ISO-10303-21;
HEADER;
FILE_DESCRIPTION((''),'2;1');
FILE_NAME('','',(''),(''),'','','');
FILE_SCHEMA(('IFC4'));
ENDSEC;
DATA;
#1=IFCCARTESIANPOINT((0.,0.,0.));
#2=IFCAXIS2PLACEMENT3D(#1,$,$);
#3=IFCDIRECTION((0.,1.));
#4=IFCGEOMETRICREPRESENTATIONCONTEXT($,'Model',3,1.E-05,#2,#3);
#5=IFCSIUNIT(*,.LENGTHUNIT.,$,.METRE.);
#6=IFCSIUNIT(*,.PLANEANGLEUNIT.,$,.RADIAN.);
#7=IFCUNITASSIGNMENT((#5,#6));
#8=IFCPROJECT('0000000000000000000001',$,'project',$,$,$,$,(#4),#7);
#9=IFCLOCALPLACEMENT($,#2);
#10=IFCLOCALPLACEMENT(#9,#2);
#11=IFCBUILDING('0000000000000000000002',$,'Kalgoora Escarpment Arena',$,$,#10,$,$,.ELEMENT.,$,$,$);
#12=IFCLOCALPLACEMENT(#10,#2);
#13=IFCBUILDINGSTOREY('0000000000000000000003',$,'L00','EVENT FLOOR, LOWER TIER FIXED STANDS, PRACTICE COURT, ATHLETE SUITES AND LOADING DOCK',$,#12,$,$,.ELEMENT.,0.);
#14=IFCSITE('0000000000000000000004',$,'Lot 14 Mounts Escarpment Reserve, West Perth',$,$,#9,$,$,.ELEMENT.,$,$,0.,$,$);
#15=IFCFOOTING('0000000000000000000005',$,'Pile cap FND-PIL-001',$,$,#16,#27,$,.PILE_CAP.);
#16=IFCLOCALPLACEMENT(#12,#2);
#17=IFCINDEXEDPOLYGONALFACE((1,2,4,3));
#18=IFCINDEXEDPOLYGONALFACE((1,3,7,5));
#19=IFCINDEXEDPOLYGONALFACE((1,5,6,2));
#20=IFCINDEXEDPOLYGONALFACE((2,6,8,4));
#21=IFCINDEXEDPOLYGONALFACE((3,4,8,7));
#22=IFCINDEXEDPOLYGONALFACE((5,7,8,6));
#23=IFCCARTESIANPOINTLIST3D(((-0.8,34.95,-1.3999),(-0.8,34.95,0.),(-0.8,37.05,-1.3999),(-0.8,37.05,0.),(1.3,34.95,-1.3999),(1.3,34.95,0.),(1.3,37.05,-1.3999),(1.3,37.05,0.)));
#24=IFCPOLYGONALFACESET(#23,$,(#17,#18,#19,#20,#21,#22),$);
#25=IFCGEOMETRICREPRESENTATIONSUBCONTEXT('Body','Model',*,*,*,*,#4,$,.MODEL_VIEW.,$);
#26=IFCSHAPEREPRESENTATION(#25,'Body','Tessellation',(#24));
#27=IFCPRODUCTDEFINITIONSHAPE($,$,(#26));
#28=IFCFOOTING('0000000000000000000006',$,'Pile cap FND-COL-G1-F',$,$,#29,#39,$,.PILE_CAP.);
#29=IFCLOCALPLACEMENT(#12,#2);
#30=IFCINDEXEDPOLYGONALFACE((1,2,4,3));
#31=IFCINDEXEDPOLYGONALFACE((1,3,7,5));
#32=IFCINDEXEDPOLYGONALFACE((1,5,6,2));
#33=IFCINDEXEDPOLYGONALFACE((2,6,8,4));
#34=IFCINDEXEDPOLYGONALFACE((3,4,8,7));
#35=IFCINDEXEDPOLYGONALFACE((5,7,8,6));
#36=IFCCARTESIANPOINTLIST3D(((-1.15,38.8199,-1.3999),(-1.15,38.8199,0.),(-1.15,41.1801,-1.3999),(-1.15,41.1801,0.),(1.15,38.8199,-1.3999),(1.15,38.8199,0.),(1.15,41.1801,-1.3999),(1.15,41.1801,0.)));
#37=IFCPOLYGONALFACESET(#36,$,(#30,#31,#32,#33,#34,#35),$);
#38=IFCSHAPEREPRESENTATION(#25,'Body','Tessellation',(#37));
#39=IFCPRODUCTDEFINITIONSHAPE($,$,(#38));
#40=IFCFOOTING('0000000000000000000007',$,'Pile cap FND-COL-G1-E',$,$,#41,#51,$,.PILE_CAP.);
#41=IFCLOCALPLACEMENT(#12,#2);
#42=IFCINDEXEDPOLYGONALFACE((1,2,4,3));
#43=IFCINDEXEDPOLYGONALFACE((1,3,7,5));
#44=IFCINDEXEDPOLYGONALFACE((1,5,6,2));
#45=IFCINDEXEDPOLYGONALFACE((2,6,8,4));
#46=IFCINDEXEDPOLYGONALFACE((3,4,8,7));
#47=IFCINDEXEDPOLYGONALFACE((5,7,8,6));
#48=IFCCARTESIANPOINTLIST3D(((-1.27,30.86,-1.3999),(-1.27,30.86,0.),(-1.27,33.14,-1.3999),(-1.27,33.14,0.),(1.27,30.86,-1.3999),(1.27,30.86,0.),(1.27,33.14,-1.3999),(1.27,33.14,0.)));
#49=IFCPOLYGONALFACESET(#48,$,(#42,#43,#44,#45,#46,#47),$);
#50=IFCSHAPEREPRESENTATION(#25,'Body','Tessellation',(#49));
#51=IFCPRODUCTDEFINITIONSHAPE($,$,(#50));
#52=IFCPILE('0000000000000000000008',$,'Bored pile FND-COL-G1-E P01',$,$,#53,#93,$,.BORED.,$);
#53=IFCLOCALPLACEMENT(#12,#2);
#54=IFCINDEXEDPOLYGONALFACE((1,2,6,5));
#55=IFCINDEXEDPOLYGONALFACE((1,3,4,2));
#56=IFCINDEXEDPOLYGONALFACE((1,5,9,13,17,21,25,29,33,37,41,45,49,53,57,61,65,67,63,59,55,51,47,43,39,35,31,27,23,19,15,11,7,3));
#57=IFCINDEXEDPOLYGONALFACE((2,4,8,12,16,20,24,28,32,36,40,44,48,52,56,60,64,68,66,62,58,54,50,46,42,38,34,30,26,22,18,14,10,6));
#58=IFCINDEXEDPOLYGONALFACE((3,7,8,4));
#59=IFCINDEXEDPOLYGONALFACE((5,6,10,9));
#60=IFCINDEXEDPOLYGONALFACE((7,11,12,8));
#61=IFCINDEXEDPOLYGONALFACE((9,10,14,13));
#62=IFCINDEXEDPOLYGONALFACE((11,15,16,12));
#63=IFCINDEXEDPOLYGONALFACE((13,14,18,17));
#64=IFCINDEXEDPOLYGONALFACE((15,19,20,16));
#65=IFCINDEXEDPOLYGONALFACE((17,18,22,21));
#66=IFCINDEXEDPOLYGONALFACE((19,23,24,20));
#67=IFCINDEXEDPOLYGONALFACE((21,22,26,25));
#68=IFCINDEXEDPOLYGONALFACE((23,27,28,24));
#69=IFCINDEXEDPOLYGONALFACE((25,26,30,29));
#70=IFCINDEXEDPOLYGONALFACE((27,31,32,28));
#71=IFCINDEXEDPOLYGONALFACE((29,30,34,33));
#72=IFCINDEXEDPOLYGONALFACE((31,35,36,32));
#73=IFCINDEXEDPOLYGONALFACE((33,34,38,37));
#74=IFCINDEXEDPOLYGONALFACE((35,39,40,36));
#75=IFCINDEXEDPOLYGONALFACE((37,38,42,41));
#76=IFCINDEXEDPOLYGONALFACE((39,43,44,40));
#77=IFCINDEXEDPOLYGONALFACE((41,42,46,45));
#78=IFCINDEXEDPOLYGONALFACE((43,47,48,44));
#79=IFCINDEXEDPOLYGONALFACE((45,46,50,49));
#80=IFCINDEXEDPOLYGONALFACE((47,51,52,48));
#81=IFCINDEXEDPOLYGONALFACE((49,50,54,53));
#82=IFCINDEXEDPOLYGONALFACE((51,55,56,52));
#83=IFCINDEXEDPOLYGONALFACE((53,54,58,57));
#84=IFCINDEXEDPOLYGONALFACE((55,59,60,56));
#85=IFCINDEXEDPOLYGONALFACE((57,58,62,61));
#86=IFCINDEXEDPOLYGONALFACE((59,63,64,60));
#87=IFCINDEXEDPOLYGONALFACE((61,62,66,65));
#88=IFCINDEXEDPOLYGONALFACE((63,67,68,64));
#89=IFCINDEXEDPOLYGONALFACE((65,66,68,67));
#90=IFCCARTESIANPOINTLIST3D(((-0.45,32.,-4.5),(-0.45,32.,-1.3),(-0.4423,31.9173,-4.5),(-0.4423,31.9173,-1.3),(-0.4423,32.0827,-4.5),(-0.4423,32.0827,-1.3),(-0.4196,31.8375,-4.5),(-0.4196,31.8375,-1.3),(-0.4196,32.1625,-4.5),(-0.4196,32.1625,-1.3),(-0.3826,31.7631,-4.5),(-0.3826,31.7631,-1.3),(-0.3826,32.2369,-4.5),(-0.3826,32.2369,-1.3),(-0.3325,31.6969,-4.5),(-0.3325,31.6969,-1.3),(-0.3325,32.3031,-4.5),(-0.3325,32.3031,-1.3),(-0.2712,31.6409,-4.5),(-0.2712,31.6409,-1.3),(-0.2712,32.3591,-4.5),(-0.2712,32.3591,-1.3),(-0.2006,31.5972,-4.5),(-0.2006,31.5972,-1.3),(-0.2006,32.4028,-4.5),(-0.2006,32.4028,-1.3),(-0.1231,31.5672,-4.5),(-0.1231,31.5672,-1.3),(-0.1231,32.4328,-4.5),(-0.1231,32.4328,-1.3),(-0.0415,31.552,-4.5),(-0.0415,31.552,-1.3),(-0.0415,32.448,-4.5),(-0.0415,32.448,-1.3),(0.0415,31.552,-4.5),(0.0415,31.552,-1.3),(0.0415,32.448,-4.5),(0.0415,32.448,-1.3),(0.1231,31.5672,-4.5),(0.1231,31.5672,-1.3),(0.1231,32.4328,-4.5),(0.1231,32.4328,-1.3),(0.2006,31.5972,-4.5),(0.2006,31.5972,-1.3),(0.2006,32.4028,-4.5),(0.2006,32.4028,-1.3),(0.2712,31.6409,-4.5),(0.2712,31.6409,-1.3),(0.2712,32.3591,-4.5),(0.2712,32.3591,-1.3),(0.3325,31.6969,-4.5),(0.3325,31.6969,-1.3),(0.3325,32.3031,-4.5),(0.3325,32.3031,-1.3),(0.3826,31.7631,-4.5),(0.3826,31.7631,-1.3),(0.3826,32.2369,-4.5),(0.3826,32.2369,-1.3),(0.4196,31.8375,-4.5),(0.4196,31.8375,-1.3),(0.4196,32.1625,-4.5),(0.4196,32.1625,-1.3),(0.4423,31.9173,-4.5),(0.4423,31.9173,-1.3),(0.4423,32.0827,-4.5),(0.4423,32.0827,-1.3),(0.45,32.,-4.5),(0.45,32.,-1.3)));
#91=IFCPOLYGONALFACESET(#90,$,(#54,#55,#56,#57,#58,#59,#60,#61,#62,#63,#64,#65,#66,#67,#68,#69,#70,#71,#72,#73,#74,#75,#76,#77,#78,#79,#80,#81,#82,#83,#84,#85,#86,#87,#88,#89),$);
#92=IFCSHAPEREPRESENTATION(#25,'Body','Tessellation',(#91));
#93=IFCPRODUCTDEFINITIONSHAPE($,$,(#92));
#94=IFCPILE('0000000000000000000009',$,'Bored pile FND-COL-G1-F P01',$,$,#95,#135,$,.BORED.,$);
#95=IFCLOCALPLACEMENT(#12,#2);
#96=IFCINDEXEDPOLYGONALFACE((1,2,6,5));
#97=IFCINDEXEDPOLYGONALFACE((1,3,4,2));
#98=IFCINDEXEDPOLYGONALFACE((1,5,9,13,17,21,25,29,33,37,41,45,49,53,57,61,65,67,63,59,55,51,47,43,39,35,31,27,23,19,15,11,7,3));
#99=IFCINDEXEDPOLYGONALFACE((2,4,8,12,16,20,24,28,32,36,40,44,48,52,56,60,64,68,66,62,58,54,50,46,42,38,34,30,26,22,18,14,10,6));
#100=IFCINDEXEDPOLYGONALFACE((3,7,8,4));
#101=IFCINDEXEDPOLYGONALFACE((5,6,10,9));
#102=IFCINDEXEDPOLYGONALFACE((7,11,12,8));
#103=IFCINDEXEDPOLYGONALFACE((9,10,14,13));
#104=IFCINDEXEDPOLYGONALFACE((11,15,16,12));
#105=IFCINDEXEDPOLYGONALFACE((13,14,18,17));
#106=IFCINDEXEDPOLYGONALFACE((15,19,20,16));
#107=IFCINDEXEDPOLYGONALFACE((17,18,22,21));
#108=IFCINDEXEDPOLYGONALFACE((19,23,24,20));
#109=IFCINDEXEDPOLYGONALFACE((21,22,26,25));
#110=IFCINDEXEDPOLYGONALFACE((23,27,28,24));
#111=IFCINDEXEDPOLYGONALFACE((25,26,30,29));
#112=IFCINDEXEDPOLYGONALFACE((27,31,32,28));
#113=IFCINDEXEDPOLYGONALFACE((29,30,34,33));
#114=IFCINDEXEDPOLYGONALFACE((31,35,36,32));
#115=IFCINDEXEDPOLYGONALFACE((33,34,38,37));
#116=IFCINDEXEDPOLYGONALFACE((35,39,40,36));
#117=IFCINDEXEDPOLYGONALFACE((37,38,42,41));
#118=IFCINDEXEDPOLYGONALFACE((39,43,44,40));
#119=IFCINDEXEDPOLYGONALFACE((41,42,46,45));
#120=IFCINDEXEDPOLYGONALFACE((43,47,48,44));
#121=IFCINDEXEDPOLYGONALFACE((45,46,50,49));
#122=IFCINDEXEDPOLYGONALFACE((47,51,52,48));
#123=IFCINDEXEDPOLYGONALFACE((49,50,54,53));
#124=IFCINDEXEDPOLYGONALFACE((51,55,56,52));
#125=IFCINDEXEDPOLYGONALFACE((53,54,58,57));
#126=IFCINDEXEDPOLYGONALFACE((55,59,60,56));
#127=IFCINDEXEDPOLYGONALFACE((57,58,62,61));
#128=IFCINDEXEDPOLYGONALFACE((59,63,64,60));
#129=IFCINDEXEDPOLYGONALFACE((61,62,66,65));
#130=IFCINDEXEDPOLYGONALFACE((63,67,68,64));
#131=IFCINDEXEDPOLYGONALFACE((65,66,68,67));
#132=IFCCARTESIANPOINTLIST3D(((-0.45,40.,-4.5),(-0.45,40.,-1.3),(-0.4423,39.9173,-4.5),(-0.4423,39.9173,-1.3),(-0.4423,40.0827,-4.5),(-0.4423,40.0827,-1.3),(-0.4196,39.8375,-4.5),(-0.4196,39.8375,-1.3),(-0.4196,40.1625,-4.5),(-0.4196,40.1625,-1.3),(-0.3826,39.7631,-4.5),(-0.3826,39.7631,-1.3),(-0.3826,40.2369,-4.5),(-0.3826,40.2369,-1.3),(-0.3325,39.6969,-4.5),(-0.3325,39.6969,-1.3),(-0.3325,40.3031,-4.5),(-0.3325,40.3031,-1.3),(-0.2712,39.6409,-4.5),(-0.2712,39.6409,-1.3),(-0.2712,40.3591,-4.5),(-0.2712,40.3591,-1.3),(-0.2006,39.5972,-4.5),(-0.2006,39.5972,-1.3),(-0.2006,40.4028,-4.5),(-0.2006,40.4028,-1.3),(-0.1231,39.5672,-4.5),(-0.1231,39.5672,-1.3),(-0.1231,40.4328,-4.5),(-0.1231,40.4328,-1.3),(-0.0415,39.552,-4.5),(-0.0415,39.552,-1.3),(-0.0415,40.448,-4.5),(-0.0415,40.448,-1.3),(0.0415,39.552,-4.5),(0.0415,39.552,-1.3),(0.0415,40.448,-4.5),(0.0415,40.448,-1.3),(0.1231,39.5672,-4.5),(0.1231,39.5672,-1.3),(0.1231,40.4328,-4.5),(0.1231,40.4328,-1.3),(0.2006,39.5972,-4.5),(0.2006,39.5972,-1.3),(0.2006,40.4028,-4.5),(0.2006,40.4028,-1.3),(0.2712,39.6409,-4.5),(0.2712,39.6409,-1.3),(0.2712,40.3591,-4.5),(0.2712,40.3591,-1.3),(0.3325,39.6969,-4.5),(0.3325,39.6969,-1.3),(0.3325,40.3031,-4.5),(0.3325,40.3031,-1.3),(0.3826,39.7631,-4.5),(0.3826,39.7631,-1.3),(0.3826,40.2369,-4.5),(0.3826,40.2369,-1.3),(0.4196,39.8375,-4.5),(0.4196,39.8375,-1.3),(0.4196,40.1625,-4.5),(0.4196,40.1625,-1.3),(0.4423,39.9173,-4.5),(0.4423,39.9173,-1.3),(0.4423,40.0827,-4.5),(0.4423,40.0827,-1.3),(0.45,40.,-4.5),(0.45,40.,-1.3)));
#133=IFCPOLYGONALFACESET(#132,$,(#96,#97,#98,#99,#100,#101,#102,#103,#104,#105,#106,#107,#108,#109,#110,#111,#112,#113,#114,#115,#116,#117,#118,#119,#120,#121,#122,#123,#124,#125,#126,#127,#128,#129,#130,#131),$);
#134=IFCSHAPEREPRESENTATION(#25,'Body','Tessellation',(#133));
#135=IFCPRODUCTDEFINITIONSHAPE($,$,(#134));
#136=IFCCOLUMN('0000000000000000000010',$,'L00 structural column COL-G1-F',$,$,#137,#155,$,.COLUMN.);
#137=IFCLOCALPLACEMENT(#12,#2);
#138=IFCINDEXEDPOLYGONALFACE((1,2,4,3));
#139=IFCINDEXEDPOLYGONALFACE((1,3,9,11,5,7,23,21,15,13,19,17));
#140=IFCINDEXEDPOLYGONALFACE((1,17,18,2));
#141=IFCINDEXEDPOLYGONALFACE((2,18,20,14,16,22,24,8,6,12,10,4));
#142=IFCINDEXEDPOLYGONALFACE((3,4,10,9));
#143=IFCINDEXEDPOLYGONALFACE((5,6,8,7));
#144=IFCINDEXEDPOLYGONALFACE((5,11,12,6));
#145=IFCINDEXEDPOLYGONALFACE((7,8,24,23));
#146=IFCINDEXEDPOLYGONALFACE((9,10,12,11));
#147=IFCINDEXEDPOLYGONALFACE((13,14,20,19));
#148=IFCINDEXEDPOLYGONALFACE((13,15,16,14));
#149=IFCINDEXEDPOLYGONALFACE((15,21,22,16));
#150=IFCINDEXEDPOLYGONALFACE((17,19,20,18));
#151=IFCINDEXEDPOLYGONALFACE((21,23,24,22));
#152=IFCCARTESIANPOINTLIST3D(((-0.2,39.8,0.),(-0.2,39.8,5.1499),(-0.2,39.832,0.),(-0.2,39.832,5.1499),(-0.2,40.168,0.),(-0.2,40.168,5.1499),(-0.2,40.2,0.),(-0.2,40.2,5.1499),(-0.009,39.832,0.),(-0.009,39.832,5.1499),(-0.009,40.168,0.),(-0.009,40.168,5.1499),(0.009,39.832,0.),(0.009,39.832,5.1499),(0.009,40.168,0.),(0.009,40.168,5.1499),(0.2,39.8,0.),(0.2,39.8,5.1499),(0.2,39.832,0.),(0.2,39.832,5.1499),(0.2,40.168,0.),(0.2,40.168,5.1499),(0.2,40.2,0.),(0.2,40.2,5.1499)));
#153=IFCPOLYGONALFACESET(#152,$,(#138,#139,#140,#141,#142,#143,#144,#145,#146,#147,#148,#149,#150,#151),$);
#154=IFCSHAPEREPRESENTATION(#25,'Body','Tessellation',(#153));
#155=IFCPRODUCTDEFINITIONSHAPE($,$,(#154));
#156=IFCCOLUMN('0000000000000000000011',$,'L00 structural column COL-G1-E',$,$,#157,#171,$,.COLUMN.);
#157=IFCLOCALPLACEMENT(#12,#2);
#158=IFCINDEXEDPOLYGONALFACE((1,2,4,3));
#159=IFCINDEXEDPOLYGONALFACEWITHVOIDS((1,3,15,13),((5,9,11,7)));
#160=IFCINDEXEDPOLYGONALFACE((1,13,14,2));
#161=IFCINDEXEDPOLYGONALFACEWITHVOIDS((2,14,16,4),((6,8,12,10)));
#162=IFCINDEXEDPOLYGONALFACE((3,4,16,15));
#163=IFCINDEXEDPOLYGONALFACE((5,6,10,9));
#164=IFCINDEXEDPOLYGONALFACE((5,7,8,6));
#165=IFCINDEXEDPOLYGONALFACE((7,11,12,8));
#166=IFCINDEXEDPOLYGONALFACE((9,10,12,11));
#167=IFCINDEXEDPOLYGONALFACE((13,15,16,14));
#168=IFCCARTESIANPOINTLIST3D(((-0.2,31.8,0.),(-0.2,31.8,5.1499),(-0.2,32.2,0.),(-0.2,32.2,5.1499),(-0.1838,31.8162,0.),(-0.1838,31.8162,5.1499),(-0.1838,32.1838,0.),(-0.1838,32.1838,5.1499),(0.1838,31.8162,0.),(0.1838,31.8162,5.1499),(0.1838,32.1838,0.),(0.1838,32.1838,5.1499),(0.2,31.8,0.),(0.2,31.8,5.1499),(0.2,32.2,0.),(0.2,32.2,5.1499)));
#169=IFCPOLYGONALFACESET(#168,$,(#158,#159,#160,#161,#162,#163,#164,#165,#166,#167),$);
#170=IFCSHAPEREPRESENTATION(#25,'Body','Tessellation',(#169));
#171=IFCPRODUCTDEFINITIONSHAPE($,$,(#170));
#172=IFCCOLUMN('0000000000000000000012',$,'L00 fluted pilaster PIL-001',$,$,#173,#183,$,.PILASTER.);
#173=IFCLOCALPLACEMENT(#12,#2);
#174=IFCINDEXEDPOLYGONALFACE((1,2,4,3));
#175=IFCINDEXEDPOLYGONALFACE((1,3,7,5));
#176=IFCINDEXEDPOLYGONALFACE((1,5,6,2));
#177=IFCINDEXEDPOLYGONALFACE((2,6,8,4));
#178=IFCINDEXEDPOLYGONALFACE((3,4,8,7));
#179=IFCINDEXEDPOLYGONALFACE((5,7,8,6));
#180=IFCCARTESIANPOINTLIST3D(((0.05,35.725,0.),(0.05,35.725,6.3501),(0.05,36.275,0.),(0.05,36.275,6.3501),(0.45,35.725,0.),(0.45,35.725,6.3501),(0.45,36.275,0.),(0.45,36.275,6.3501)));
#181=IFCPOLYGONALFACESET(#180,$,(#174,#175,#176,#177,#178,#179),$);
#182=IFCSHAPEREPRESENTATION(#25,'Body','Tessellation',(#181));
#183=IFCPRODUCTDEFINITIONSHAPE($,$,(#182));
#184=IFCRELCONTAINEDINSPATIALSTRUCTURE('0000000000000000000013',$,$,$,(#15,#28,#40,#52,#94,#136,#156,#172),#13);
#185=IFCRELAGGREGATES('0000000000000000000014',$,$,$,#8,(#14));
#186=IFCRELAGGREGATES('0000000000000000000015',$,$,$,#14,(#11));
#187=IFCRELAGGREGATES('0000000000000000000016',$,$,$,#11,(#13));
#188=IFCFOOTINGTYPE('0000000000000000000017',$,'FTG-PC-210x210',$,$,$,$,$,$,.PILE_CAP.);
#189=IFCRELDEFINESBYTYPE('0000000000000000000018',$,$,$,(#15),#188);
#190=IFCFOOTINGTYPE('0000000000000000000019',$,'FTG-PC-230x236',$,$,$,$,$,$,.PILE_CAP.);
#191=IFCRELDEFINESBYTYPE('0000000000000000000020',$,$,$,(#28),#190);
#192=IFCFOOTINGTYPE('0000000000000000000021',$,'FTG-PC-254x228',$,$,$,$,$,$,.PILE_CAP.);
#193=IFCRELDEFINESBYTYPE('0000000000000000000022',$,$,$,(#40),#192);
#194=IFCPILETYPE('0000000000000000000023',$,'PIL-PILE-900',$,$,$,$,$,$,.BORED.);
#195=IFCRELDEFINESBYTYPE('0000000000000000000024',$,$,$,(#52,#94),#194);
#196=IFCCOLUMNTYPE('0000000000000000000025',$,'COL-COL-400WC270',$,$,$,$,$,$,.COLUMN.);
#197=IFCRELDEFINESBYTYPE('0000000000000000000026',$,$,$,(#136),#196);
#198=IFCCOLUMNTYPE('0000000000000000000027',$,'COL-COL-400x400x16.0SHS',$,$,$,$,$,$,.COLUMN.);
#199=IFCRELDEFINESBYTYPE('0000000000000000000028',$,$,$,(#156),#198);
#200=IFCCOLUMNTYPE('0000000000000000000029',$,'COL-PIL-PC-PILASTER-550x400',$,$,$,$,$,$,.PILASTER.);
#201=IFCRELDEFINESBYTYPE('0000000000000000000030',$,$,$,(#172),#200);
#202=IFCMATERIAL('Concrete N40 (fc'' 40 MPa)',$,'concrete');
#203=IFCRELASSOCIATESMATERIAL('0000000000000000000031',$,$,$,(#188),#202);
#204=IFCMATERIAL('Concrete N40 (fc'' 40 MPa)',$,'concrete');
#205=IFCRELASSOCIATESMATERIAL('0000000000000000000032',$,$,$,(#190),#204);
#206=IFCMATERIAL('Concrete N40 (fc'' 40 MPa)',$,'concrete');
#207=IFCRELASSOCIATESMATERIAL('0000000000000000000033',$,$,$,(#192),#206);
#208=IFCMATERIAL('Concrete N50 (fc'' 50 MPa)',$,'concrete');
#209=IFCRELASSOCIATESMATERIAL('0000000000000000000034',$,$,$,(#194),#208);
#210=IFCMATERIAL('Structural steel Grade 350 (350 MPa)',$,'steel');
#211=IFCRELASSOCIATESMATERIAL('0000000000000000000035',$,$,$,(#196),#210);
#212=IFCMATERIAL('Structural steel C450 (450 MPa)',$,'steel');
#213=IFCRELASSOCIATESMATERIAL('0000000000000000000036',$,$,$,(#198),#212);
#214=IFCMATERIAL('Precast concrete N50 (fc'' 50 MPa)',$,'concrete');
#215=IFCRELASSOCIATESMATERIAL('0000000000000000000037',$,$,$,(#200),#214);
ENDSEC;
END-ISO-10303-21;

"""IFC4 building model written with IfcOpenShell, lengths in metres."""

from ifc_helpers import new_model, si_unit, direction, frame, origin, origin_2d, place, context, subcontext, project, spatial, rectangle, hollow_rectangle, circle, i_section, extrude, material, material_profile, profile_set, type_object, element, save


model = new_model("IFC4")

# Units and contexts
model_context = context("Model", 3, precision=1e-05, world=origin(), true_north=direction((0.0, 1.0)))
body_context = subcontext(model_context, "Body", "Model", "MODEL_VIEW")
ifc_project = project(units=[si_unit("LENGTHUNIT", "METRE"), si_unit("PLANEANGLEUNIT", "RADIAN")], contexts=[model_context])

# Site, building, storey
site_placement = place(None, origin())
site = spatial("IfcSite", under=ifc_project, at=site_placement, Name="Lot 14 Mounts Escarpment Reserve, West Perth", CompositionType="ELEMENT", RefElevation=0.0)
building_placement = place(site_placement, origin())
building = spatial("IfcBuilding", under=site, at=building_placement, Name="Kalgoora Escarpment Arena", CompositionType="ELEMENT")
storey_placement = place(building_placement, origin())
storey = spatial("IfcBuildingStorey", under=building, at=storey_placement, Name="L00", Description="EVENT FLOOR, LOWER TIER FIXED STANDS, PRACTICE COURT, ATHLETE SUITES AND LOADING DOCK", CompositionType="ELEMENT", Elevation=0.0)

# Footings
ifc_material_1 = material(Name="Concrete N40 (fc' 40 MPa)", Category="concrete")
footing_type_1 = type_object("IfcFootingType", Name="FTG-PC-210x210", PredefinedType="PILE_CAP", material=ifc_material_1)
footing_1_placement = place(storey_placement, frame((0.25, 36.0, -1.3999), z_axis=(0.0, 0.0, 1.0), x_axis=(1.0, 0.0, 0.0)))
element("IfcFooting", 1, at=footing_1_placement, inside=storey, type_object=footing_type_1, Name="Pile cap FND-PIL-001", PredefinedType="PILE_CAP", context=body_context, shape_type="SweptSolid", body=[
    extrude(rectangle(XDim=2.1001, YDim=2.1001, at=origin_2d()), origin(), (0.0, 0.0, 1.0), 1.3999),
])
ifc_material_2 = material(Name="Concrete N40 (fc' 40 MPa)", Category="concrete")
footing_type_2 = type_object("IfcFootingType", Name="FTG-PC-230x236", PredefinedType="PILE_CAP", material=ifc_material_2)
footing_2_placement = place(storey_placement, frame((0.0, 40.0, -1.3999), z_axis=(0.0, 0.0, 1.0), x_axis=(1.0, 0.0, 0.0)))
element("IfcFooting", 2, at=footing_2_placement, inside=storey, type_object=footing_type_2, Name="Pile cap FND-COL-G1-F", PredefinedType="PILE_CAP", context=body_context, shape_type="SweptSolid", body=[
    extrude(rectangle(XDim=2.3, YDim=2.3601, at=origin_2d()), origin(), (0.0, 0.0, 1.0), 1.3999),
])
ifc_material_3 = material(Name="Concrete N40 (fc' 40 MPa)", Category="concrete")
footing_type_3 = type_object("IfcFootingType", Name="FTG-PC-254x228", PredefinedType="PILE_CAP", material=ifc_material_3)
footing_3_placement = place(storey_placement, frame((0.0, 32.0, -1.3999), z_axis=(0.0, 0.0, 1.0), x_axis=(1.0, 0.0, 0.0)))
element("IfcFooting", 3, at=footing_3_placement, inside=storey, type_object=footing_type_3, Name="Pile cap FND-COL-G1-E", PredefinedType="PILE_CAP", context=body_context, shape_type="SweptSolid", body=[
    extrude(rectangle(XDim=2.54, YDim=2.28, at=origin_2d()), origin(), (0.0, 0.0, 1.0), 1.3999),
])

# Piles
ifc_material_4 = material(Name="Concrete N50 (fc' 50 MPa)", Category="concrete")
ifc_material_profile_1 = material_profile(ifc_material_4, circle(Radius=0.45, at=origin_2d()))
ifc_profile_set_1 = profile_set([ifc_material_profile_1], Name="Concrete N50 (fc' 50 MPa)")
pile_type = type_object("IfcPileType", Name="PIL-PILE-900", PredefinedType="BORED", material=ifc_profile_set_1)
for number, where, z_axis, x_axis, name in (
    (4, (0.0, 32.0, -1.3), (0.0, 0.0, -1.0), (1.0, 0.0, 0.0), "Bored pile FND-COL-G1-E P01"),
    (5, (0.0, 40.0, -1.3), (0.0, 0.0, -1.0), (1.0, 0.0, 0.0), "Bored pile FND-COL-G1-F P01"),
):
    element("IfcPile", number, at=place(storey_placement, frame(where, z_axis=z_axis, x_axis=x_axis)), inside=storey, type_object=pile_type, Name=name, PredefinedType="BORED", context=body_context, shape_type="SweptSolid", body=[
        extrude(circle(Radius=0.45, at=origin_2d()), origin(), (0.0, 0.0, 1.0), 3.2),
    ])

# Columns
ifc_material_5 = material(Name="Structural steel Grade 350 (350 MPa)", Category="steel")
ifc_material_profile_2 = material_profile(ifc_material_5, i_section(OverallWidth=0.3999, OverallDepth=0.3999, WebThickness=0.0181, FlangeThickness=0.032, at=origin_2d()))
ifc_profile_set_2 = profile_set([ifc_material_profile_2], Name="Structural steel Grade 350 (350 MPa)")
column_type_1 = type_object("IfcColumnType", Name="COL-COL-400WC270", PredefinedType="COLUMN", material=ifc_profile_set_2)
column_1_placement = place(storey_placement, frame((0.0, 40.0, 0.0), z_axis=(0.0, 0.0, 1.0), x_axis=(1.0, 0.0, 0.0)))
element("IfcColumn", 6, at=column_1_placement, inside=storey, type_object=column_type_1, Name="L00 structural column COL-G1-F", PredefinedType="COLUMN", context=body_context, shape_type="SweptSolid", body=[
    extrude(i_section(OverallWidth=0.3999, OverallDepth=0.3999, WebThickness=0.0181, FlangeThickness=0.032, at=origin_2d()), origin(), (0.0, 0.0, 1.0), 5.1499),
])
ifc_material_6 = material(Name="Structural steel C450 (450 MPa)", Category="steel")
ifc_material_profile_3 = material_profile(ifc_material_6, hollow_rectangle(XDim=0.3999, YDim=0.3999, WallThickness=0.0161, at=origin_2d()))
ifc_profile_set_3 = profile_set([ifc_material_profile_3], Name="Structural steel C450 (450 MPa)")
column_type_2 = type_object("IfcColumnType", Name="COL-COL-400x400x16.0SHS", PredefinedType="COLUMN", material=ifc_profile_set_3)
column_2_placement = place(storey_placement, frame((0.0, 32.0, 0.0), z_axis=(0.0, 0.0, 1.0), x_axis=(1.0, 0.0, 0.0)))
element("IfcColumn", 7, at=column_2_placement, inside=storey, type_object=column_type_2, Name="L00 structural column COL-G1-E", PredefinedType="COLUMN", context=body_context, shape_type="SweptSolid", body=[
    extrude(hollow_rectangle(XDim=0.3999, YDim=0.3999, WallThickness=0.0161, at=origin_2d()), origin(), (0.0, 0.0, 1.0), 5.1499),
])
ifc_material_7 = material(Name="Precast concrete N50 (fc' 50 MPa)", Category="concrete")
ifc_material_profile_4 = material_profile(ifc_material_7, rectangle(XDim=0.3999, YDim=0.55, at=origin_2d()))
ifc_profile_set_4 = profile_set([ifc_material_profile_4], Name="Precast concrete N50 (fc' 50 MPa)")
column_type_3 = type_object("IfcColumnType", Name="COL-PIL-PC-PILASTER-550x400", PredefinedType="PILASTER", material=ifc_profile_set_4)
column_3_placement = place(storey_placement, frame((0.25, 36.0, 0.0), z_axis=(0.0, 0.0, 1.0), x_axis=(1.0, 0.0, 0.0)))
element("IfcColumn", 8, at=column_3_placement, inside=storey, type_object=column_type_3, Name="L00 fluted pilaster PIL-001", PredefinedType="PILASTER", context=body_context, shape_type="SweptSolid", body=[
    extrude(rectangle(XDim=0.3999, YDim=0.55, at=origin_2d()), origin(), (0.0, 0.0, 1.0), 6.3501),
])

save(model, "model.ifc")
